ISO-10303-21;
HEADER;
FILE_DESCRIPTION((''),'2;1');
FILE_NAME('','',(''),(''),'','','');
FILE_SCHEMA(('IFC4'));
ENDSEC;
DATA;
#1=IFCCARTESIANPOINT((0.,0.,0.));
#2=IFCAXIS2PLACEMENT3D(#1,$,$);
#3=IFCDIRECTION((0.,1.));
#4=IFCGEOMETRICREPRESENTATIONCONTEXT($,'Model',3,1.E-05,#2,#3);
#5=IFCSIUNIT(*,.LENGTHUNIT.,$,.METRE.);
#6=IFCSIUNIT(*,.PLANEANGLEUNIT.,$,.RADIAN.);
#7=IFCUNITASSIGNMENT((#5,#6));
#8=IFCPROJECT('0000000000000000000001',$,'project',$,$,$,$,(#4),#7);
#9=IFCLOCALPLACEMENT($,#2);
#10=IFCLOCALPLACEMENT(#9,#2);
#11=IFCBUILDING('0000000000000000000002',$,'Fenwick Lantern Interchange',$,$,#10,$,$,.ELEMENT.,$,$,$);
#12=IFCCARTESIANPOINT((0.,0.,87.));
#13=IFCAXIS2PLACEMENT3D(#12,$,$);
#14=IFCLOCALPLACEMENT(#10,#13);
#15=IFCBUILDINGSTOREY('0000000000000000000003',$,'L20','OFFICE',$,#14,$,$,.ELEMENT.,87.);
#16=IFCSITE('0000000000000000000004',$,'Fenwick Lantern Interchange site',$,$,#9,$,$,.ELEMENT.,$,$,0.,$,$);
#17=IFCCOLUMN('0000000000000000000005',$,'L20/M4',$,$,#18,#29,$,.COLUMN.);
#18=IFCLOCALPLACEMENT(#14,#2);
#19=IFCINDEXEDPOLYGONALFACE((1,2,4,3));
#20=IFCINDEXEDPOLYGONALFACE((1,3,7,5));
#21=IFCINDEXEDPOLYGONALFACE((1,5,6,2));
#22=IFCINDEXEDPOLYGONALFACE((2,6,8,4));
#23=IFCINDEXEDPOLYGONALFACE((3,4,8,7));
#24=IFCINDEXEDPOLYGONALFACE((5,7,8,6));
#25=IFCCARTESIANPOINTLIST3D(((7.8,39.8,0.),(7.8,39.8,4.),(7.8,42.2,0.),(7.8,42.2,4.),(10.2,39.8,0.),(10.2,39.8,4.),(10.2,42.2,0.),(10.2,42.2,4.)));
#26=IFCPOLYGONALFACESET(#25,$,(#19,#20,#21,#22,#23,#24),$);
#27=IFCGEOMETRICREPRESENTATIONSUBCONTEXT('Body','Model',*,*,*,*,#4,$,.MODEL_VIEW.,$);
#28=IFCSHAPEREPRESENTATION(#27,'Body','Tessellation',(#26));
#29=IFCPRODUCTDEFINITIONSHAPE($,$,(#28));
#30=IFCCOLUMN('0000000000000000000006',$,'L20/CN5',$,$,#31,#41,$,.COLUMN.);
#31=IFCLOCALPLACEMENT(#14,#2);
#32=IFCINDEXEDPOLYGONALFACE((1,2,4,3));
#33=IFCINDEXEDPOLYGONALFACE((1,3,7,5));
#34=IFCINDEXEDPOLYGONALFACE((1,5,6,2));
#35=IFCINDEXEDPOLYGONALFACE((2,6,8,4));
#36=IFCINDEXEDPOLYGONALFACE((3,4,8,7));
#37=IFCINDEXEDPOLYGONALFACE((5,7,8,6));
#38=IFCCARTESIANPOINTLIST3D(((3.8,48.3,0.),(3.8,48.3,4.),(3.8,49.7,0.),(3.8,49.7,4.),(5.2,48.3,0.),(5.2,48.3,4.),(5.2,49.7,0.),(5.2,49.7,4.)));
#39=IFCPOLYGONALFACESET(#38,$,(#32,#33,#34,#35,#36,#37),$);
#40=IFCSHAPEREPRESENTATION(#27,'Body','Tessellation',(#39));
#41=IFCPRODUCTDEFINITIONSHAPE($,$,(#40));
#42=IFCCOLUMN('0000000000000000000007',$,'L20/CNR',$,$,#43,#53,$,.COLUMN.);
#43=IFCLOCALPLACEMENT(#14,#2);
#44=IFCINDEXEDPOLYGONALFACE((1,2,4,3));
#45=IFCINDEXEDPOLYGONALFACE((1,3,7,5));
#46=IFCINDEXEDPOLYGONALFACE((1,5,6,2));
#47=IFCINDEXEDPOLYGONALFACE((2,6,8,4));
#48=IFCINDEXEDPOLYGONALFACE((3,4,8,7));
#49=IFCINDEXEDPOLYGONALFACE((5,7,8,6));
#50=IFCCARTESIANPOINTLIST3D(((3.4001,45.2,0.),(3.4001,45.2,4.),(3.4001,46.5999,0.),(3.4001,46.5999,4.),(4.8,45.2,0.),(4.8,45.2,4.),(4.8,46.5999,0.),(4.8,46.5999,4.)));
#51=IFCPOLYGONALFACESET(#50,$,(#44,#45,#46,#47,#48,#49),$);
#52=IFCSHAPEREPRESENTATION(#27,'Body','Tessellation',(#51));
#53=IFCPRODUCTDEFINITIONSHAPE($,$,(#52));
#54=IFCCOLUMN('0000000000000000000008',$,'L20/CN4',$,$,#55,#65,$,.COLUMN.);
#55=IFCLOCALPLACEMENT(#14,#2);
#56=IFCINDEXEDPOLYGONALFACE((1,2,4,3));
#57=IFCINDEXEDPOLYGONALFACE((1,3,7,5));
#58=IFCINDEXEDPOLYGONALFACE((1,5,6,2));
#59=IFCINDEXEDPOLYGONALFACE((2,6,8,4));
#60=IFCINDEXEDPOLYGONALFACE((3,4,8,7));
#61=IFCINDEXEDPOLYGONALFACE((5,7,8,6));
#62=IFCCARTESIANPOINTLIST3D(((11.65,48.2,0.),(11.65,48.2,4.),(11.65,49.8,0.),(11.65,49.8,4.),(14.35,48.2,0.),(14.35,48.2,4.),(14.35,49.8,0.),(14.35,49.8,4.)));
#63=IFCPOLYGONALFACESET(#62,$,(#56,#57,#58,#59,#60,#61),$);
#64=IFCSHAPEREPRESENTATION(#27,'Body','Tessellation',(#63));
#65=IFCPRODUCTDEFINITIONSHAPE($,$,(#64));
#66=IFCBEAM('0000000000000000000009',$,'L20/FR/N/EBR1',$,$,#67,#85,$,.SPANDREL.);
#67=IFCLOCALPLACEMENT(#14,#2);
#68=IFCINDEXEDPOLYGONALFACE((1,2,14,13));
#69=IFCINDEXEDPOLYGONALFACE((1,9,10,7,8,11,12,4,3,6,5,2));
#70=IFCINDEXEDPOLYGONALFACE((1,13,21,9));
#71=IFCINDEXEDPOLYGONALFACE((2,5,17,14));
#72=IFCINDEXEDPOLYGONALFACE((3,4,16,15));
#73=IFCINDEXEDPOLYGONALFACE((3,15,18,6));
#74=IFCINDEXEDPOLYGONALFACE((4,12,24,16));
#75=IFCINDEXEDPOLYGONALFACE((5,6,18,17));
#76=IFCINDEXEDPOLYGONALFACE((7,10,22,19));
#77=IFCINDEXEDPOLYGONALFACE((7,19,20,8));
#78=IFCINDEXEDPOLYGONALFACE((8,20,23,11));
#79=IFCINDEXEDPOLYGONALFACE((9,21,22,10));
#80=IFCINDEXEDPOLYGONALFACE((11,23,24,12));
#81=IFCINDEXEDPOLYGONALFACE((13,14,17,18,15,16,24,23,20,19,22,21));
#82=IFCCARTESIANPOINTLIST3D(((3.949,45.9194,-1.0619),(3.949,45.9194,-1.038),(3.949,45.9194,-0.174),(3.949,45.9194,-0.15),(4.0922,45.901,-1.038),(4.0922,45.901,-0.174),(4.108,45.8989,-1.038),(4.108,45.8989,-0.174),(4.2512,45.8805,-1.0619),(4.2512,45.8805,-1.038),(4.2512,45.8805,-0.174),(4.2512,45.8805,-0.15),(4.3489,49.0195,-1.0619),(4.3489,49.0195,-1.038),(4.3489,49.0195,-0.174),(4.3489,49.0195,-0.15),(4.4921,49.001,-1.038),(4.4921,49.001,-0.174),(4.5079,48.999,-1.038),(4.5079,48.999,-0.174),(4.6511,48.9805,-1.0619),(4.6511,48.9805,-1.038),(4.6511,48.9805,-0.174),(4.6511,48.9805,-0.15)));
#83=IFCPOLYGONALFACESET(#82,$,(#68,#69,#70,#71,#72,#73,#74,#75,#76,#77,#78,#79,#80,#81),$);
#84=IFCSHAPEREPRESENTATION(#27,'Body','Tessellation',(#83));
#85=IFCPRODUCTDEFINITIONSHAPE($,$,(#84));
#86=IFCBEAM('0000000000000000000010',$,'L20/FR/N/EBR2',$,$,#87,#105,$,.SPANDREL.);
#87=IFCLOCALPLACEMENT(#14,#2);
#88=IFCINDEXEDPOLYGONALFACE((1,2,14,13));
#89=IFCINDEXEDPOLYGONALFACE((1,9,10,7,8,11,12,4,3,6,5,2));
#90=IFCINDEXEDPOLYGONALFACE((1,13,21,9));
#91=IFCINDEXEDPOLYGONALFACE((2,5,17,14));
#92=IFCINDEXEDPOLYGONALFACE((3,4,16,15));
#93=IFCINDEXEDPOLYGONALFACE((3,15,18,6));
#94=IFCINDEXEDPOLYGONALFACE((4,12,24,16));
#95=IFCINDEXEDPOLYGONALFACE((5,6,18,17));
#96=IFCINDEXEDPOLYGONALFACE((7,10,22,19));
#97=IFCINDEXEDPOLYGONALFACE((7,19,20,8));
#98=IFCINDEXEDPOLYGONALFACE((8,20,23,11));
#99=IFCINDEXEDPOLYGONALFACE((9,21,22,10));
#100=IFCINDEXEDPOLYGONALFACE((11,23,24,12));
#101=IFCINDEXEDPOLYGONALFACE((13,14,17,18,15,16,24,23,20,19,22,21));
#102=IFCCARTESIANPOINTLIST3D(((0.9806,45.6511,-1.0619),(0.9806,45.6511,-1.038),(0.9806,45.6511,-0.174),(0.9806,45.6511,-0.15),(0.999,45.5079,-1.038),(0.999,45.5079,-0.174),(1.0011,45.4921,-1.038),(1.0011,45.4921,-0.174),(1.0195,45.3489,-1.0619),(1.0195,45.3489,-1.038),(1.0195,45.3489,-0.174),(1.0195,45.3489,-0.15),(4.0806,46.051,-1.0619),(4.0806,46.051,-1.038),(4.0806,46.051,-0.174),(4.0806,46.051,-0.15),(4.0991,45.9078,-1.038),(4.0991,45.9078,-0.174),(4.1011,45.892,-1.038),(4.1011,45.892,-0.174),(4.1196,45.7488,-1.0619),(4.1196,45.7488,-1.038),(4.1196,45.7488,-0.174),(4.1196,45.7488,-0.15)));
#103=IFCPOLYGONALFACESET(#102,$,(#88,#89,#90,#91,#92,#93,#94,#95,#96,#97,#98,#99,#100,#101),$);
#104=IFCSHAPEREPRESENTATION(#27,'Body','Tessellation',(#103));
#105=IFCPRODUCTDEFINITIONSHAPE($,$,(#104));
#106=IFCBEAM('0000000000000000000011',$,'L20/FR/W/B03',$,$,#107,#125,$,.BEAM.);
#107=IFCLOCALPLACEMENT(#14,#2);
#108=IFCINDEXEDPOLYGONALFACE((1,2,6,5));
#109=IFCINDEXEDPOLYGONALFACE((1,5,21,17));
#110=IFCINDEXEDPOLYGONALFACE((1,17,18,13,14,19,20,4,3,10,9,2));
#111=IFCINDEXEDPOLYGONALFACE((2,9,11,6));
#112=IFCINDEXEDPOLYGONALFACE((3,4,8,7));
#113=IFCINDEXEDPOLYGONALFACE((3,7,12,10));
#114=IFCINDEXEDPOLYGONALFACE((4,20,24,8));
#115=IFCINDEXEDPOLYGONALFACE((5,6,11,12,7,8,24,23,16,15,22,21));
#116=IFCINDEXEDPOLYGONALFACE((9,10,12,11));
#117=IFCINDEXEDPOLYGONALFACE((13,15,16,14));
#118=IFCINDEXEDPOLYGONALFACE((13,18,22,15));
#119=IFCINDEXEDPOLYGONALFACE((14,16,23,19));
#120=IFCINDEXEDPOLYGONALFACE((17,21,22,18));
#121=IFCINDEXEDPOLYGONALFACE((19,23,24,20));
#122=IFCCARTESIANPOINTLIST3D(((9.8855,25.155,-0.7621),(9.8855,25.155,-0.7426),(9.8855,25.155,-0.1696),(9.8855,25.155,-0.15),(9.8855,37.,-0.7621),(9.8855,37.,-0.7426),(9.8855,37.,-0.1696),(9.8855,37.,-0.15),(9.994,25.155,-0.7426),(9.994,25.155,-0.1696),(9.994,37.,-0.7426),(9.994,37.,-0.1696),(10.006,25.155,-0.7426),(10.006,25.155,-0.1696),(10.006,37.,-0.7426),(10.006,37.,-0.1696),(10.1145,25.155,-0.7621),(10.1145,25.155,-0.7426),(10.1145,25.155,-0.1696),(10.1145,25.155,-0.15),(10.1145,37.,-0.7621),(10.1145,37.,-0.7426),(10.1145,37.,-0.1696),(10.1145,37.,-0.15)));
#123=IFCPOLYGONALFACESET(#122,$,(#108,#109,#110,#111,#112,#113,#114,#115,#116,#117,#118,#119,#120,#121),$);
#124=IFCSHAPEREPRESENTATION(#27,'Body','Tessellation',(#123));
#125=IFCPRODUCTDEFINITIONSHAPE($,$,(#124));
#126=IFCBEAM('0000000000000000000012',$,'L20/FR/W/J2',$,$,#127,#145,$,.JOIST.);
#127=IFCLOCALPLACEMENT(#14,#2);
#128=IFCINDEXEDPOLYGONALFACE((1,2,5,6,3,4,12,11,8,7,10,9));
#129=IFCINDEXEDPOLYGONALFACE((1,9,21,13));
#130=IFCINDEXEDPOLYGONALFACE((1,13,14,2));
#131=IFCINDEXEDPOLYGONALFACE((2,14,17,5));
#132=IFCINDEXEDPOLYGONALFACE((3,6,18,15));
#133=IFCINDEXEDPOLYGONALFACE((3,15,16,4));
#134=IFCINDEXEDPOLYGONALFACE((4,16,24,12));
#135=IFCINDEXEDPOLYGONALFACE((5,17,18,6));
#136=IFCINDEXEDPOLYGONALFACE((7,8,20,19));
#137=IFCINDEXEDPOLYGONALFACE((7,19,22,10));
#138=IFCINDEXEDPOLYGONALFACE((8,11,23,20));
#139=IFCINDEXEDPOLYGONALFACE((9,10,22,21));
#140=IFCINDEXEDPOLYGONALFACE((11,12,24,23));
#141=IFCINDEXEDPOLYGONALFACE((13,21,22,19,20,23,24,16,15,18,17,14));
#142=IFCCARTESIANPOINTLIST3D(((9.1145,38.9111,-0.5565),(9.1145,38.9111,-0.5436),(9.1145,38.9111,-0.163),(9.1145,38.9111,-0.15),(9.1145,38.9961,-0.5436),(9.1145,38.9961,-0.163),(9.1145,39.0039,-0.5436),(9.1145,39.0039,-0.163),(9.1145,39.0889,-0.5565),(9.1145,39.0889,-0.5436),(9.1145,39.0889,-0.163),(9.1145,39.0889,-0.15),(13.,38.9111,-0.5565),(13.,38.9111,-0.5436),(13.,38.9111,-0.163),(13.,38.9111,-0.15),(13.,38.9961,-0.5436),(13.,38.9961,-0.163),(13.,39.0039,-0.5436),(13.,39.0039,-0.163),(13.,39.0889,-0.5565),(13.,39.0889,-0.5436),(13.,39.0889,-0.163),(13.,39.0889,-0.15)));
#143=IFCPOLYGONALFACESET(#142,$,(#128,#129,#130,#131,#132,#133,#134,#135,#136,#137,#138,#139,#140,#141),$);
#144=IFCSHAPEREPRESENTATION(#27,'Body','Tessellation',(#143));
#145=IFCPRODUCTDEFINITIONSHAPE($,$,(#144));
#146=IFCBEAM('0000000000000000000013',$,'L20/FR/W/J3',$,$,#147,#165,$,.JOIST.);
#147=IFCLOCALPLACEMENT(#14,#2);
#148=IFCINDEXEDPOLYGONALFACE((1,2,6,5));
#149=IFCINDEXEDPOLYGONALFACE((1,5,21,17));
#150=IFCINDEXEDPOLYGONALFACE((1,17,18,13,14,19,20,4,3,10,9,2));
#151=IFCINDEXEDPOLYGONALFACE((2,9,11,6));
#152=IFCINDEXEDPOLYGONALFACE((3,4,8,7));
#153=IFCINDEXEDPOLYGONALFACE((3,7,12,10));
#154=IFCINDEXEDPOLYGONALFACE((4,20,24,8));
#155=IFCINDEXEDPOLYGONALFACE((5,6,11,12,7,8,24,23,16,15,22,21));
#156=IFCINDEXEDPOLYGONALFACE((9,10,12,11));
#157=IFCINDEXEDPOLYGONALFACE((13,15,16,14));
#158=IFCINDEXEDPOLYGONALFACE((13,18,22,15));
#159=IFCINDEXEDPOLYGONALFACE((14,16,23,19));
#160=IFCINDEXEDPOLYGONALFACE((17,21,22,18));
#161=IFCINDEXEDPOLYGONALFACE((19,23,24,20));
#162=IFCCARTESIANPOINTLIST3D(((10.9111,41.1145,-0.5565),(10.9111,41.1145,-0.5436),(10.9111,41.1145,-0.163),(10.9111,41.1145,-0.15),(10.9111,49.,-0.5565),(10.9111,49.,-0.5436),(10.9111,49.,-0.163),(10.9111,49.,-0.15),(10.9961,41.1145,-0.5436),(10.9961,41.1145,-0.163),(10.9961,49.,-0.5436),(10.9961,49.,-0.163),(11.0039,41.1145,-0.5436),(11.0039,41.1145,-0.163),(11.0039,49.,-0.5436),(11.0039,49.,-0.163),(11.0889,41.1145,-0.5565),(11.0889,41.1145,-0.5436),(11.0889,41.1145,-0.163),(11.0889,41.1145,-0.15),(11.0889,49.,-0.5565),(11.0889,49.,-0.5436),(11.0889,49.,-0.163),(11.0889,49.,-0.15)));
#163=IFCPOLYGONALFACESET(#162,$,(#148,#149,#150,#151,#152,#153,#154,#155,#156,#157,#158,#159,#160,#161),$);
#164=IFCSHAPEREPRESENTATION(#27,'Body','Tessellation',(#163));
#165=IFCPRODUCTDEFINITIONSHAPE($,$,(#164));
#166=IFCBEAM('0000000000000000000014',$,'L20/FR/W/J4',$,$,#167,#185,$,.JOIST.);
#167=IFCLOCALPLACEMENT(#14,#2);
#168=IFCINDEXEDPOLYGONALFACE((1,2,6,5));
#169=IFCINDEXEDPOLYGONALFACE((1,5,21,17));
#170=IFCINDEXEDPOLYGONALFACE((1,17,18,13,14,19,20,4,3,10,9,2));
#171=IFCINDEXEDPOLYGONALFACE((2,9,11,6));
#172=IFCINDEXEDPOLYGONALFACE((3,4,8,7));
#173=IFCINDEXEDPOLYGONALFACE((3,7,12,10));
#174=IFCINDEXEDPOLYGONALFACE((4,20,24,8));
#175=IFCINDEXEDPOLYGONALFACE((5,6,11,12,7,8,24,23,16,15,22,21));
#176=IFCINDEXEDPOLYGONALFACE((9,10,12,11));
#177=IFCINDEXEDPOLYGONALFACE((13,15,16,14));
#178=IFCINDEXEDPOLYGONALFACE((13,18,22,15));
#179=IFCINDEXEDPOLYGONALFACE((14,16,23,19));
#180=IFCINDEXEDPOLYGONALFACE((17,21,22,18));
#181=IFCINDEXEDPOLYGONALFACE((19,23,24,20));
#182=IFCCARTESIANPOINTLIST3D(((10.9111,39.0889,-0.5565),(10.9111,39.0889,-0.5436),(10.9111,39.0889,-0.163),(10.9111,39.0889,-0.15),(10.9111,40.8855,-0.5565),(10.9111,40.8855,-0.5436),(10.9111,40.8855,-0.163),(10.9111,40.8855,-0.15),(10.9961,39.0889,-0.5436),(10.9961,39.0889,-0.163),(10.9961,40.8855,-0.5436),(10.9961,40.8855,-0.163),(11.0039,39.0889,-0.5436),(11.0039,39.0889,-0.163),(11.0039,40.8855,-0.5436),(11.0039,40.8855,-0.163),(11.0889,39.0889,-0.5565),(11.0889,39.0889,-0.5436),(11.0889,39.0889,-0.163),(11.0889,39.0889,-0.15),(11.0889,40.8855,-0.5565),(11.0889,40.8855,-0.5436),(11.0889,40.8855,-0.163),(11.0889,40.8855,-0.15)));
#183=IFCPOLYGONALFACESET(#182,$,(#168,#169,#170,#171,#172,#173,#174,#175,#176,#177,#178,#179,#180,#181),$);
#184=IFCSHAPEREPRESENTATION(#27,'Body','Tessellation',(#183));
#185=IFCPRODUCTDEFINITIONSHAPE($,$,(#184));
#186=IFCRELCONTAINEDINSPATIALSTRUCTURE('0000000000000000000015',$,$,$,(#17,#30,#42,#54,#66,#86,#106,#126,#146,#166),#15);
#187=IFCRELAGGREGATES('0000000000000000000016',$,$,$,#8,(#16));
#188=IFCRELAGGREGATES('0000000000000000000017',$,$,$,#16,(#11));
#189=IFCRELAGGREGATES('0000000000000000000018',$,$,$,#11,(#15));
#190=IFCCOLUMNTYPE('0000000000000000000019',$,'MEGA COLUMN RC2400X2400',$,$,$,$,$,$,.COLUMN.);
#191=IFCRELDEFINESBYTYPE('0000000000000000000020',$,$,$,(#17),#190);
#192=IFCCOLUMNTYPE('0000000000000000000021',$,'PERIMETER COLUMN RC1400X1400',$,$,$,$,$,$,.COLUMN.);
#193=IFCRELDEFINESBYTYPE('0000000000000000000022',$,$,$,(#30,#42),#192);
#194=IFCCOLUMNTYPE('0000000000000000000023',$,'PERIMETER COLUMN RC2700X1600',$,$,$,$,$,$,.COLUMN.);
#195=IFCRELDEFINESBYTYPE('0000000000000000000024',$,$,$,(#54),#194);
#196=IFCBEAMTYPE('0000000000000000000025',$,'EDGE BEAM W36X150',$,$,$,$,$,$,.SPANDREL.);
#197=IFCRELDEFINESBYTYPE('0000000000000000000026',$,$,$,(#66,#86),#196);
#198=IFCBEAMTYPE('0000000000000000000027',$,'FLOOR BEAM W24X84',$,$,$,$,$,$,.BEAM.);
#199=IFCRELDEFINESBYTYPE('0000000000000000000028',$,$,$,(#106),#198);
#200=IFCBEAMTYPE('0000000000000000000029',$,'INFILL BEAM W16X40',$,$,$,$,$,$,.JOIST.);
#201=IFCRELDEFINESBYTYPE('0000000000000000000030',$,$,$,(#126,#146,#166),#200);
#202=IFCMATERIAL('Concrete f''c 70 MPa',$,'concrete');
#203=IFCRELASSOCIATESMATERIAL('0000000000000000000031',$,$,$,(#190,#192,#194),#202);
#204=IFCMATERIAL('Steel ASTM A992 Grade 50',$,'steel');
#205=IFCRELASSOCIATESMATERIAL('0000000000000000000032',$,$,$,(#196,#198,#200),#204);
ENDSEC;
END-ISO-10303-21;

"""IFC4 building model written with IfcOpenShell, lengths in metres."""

from ifc_helpers import new_model, si_unit, direction, frame, origin, origin_2d, place, context, subcontext, project, spatial, rectangle, i_section, extrude, material, material_profile, profile_set, type_object, element, save


model = new_model("IFC4")

# Units and contexts
model_context = context("Model", 3, precision=1e-05, world=origin(), true_north=direction((0.0, 1.0)))
body_context = subcontext(model_context, "Body", "Model", "MODEL_VIEW")
ifc_project = project(units=[si_unit("LENGTHUNIT", "METRE"), si_unit("PLANEANGLEUNIT", "RADIAN")], contexts=[model_context])

# Site, building, storey
site_placement = place(None, origin())
site = spatial("IfcSite", under=ifc_project, at=site_placement, Name="Fenwick Lantern Interchange site", CompositionType="ELEMENT", RefElevation=0.0)
building_placement = place(site_placement, origin())
building = spatial("IfcBuilding", under=site, at=building_placement, Name="Fenwick Lantern Interchange", CompositionType="ELEMENT")
storey_placement = place(building_placement, frame((0.0, 0.0, 87.0)))
storey = spatial("IfcBuildingStorey", under=building, at=storey_placement, Name="L20", Description="OFFICE", CompositionType="ELEMENT", Elevation=87.0)

# Columns
ifc_material_1 = material(Name="Concrete f'c 70 MPa", Category="concrete")
ifc_material_profile_1 = material_profile(ifc_material_1, rectangle(XDim=2.3999, YDim=2.3999, at=origin_2d()), Name="RC2400X2400")
ifc_profile_set_1 = profile_set([ifc_material_profile_1], Name="Concrete f'c 70 MPa")
column_type_1 = type_object("IfcColumnType", Name="MEGA COLUMN RC2400X2400", PredefinedType="COLUMN", material=ifc_profile_set_1)
column_1_placement = place(storey_placement, frame((9.0, 41.0, 0.0), z_axis=(0.0, 0.0, 1.0), x_axis=(1.0, 0.0, 0.0)))
element("IfcColumn", 1, at=column_1_placement, inside=storey, type_object=column_type_1, Name="L20/M4", PredefinedType="COLUMN", context=body_context, shape_type="SweptSolid", body=[
    extrude(rectangle(XDim=2.3999, YDim=2.3999, at=origin_2d()), origin(), (0.0, 0.0, 1.0), 4.0),
])
ifc_material_profile_2 = material_profile(ifc_material_1, rectangle(XDim=1.3999, YDim=1.3999, at=origin_2d()), Name="RC1400X1400")
ifc_profile_set_2 = profile_set([ifc_material_profile_2], Name="Concrete f'c 70 MPa")
column_type_2 = type_object("IfcColumnType", Name="PERIMETER COLUMN RC1400X1400", PredefinedType="COLUMN", material=ifc_profile_set_2)
for number, where, z_axis, x_axis, name in (
    (2, (4.5, 49.0, 0.0), (0.0, 0.0, 1.0), (1.0, 0.0, 0.0), "L20/CN5"),
    (3, (4.1001, 45.8999, 0.0), (0.0, 0.0, 1.0), (1.0, 0.0, 0.0), "L20/CNR"),
):
    element("IfcColumn", number, at=place(storey_placement, frame(where, z_axis=z_axis, x_axis=x_axis)), inside=storey, type_object=column_type_2, Name=name, PredefinedType="COLUMN", context=body_context, shape_type="SweptSolid", body=[
        extrude(rectangle(XDim=1.3999, YDim=1.3999, at=origin_2d()), origin(), (0.0, 0.0, 1.0), 4.0),
    ])
ifc_material_profile_3 = material_profile(ifc_material_1, rectangle(XDim=2.7, YDim=1.6001, at=origin_2d()), Name="RC2700X1600")
ifc_profile_set_3 = profile_set([ifc_material_profile_3], Name="Concrete f'c 70 MPa")
column_type_3 = type_object("IfcColumnType", Name="PERIMETER COLUMN RC2700X1600", PredefinedType="COLUMN", material=ifc_profile_set_3)
column_2_placement = place(storey_placement, frame((13.0, 49.0, 0.0), z_axis=(0.0, 0.0, 1.0), x_axis=(1.0, 0.0, 0.0)))
element("IfcColumn", 4, at=column_2_placement, inside=storey, type_object=column_type_3, Name="L20/CN4", PredefinedType="COLUMN", context=body_context, shape_type="SweptSolid", body=[
    extrude(rectangle(XDim=2.7, YDim=1.6001, at=origin_2d()), origin(), (0.0, 0.0, 1.0), 4.0),
])

# Beams
ifc_material_2 = material(Name="Steel ASTM A992 Grade 50", Category="steel")
ifc_material_profile_4 = material_profile(ifc_material_2, i_section(OverallWidth=0.3047, OverallDepth=0.9119, WebThickness=0.0159, FlangeThickness=0.0239, at=origin_2d()), Name="W36X150")
ifc_profile_set_4 = profile_set([ifc_material_profile_4], Name="Steel ASTM A992 Grade 50")
beam_type_1 = type_object("IfcBeamType", Name="EDGE BEAM W36X150", PredefinedType="SPANDREL", material=ifc_profile_set_4)
for number, where, z_axis, x_axis, name in (
    (5, (4.5, 49.0, -0.606), (-0.127937, -0.991782, 0.0), (0.991782, -0.127937, 0.0), "L20/FR/N/EBR1"),
    (6, (4.1001, 45.8999, -0.606), (-0.991782, -0.127937, 0.0), (0.127937, -0.991782, 0.0), "L20/FR/N/EBR2"),
):
    element("IfcBeam", number, at=place(storey_placement, frame(where, z_axis=z_axis, x_axis=x_axis)), inside=storey, type_object=beam_type_1, Name=name, PredefinedType="SPANDREL", context=body_context, shape_type="SweptSolid", body=[
        extrude(i_section(OverallWidth=0.3047, OverallDepth=0.9119, WebThickness=0.0159, FlangeThickness=0.0239, at=origin_2d()), origin(), (0.0, 0.0, 1.0), 3.1257),
    ])
ifc_material_profile_5 = material_profile(ifc_material_2, i_section(OverallWidth=0.229, OverallDepth=0.6121, WebThickness=0.012, FlangeThickness=0.0195, at=origin_2d()), Name="W24X84")
ifc_profile_set_5 = profile_set([ifc_material_profile_5], Name="Steel ASTM A992 Grade 50")
beam_type_2 = type_object("IfcBeamType", Name="FLOOR BEAM W24X84", PredefinedType="BEAM", material=ifc_profile_set_5)
beam_1_placement = place(storey_placement, frame((10.0, 37.0, -0.4561), z_axis=(0.0, -1.0, 0.0), x_axis=(1.0, 0.0, 0.0)))
element("IfcBeam", 7, at=beam_1_placement, inside=storey, type_object=beam_type_2, Name="L20/FR/W/B03", PredefinedType="BEAM", context=body_context, shape_type="SweptSolid", body=[
    extrude(i_section(OverallWidth=0.229, OverallDepth=0.6121, WebThickness=0.012, FlangeThickness=0.0195, at=origin_2d()), origin(), (0.0, 0.0, 1.0), 11.845),
])
ifc_material_profile_6 = material_profile(ifc_material_2, i_section(OverallWidth=0.1777, OverallDepth=0.4065, WebThickness=0.0078, FlangeThickness=0.0129, at=origin_2d()), Name="W16X40")
ifc_profile_set_6 = profile_set([ifc_material_profile_6], Name="Steel ASTM A992 Grade 50")
beam_type_3 = type_object("IfcBeamType", Name="INFILL BEAM W16X40", PredefinedType="JOIST", material=ifc_profile_set_6)
beam_2_placement = place(storey_placement, frame((9.1145, 39.0, -0.3533), z_axis=(1.0, 0.0, 0.0), x_axis=(0.0, 1.0, 0.0)))
element("IfcBeam", 8, at=beam_2_placement, inside=storey, type_object=beam_type_3, Name="L20/FR/W/J2", PredefinedType="JOIST", context=body_context, shape_type="SweptSolid", body=[
    extrude(i_section(OverallWidth=0.1777, OverallDepth=0.4065, WebThickness=0.0078, FlangeThickness=0.0129, at=origin_2d()), origin(), (0.0, 0.0, 1.0), 3.8855),
])
beam_3_placement = place(storey_placement, frame((11.0, 49.0, -0.3533), z_axis=(0.0, -1.0, 0.0), x_axis=(1.0, 0.0, 0.0)))
element("IfcBeam", 9, at=beam_3_placement, inside=storey, type_object=beam_type_3, Name="L20/FR/W/J3", PredefinedType="JOIST", context=body_context, shape_type="SweptSolid", body=[
    extrude(i_section(OverallWidth=0.1777, OverallDepth=0.4065, WebThickness=0.0078, FlangeThickness=0.0129, at=origin_2d()), origin(), (0.0, 0.0, 1.0), 7.8855),
])
beam_4_placement = place(storey_placement, frame((11.0, 40.8855, -0.3533), z_axis=(0.0, -1.0, 0.0), x_axis=(1.0, 0.0, 0.0)))
element("IfcBeam", 10, at=beam_4_placement, inside=storey, type_object=beam_type_3, Name="L20/FR/W/J4", PredefinedType="JOIST", context=body_context, shape_type="SweptSolid", body=[
    extrude(i_section(OverallWidth=0.1777, OverallDepth=0.4065, WebThickness=0.0078, FlangeThickness=0.0129, at=origin_2d()), origin(), (0.0, 0.0, 1.0), 1.7966),
])

save(model, "model.ifc")
